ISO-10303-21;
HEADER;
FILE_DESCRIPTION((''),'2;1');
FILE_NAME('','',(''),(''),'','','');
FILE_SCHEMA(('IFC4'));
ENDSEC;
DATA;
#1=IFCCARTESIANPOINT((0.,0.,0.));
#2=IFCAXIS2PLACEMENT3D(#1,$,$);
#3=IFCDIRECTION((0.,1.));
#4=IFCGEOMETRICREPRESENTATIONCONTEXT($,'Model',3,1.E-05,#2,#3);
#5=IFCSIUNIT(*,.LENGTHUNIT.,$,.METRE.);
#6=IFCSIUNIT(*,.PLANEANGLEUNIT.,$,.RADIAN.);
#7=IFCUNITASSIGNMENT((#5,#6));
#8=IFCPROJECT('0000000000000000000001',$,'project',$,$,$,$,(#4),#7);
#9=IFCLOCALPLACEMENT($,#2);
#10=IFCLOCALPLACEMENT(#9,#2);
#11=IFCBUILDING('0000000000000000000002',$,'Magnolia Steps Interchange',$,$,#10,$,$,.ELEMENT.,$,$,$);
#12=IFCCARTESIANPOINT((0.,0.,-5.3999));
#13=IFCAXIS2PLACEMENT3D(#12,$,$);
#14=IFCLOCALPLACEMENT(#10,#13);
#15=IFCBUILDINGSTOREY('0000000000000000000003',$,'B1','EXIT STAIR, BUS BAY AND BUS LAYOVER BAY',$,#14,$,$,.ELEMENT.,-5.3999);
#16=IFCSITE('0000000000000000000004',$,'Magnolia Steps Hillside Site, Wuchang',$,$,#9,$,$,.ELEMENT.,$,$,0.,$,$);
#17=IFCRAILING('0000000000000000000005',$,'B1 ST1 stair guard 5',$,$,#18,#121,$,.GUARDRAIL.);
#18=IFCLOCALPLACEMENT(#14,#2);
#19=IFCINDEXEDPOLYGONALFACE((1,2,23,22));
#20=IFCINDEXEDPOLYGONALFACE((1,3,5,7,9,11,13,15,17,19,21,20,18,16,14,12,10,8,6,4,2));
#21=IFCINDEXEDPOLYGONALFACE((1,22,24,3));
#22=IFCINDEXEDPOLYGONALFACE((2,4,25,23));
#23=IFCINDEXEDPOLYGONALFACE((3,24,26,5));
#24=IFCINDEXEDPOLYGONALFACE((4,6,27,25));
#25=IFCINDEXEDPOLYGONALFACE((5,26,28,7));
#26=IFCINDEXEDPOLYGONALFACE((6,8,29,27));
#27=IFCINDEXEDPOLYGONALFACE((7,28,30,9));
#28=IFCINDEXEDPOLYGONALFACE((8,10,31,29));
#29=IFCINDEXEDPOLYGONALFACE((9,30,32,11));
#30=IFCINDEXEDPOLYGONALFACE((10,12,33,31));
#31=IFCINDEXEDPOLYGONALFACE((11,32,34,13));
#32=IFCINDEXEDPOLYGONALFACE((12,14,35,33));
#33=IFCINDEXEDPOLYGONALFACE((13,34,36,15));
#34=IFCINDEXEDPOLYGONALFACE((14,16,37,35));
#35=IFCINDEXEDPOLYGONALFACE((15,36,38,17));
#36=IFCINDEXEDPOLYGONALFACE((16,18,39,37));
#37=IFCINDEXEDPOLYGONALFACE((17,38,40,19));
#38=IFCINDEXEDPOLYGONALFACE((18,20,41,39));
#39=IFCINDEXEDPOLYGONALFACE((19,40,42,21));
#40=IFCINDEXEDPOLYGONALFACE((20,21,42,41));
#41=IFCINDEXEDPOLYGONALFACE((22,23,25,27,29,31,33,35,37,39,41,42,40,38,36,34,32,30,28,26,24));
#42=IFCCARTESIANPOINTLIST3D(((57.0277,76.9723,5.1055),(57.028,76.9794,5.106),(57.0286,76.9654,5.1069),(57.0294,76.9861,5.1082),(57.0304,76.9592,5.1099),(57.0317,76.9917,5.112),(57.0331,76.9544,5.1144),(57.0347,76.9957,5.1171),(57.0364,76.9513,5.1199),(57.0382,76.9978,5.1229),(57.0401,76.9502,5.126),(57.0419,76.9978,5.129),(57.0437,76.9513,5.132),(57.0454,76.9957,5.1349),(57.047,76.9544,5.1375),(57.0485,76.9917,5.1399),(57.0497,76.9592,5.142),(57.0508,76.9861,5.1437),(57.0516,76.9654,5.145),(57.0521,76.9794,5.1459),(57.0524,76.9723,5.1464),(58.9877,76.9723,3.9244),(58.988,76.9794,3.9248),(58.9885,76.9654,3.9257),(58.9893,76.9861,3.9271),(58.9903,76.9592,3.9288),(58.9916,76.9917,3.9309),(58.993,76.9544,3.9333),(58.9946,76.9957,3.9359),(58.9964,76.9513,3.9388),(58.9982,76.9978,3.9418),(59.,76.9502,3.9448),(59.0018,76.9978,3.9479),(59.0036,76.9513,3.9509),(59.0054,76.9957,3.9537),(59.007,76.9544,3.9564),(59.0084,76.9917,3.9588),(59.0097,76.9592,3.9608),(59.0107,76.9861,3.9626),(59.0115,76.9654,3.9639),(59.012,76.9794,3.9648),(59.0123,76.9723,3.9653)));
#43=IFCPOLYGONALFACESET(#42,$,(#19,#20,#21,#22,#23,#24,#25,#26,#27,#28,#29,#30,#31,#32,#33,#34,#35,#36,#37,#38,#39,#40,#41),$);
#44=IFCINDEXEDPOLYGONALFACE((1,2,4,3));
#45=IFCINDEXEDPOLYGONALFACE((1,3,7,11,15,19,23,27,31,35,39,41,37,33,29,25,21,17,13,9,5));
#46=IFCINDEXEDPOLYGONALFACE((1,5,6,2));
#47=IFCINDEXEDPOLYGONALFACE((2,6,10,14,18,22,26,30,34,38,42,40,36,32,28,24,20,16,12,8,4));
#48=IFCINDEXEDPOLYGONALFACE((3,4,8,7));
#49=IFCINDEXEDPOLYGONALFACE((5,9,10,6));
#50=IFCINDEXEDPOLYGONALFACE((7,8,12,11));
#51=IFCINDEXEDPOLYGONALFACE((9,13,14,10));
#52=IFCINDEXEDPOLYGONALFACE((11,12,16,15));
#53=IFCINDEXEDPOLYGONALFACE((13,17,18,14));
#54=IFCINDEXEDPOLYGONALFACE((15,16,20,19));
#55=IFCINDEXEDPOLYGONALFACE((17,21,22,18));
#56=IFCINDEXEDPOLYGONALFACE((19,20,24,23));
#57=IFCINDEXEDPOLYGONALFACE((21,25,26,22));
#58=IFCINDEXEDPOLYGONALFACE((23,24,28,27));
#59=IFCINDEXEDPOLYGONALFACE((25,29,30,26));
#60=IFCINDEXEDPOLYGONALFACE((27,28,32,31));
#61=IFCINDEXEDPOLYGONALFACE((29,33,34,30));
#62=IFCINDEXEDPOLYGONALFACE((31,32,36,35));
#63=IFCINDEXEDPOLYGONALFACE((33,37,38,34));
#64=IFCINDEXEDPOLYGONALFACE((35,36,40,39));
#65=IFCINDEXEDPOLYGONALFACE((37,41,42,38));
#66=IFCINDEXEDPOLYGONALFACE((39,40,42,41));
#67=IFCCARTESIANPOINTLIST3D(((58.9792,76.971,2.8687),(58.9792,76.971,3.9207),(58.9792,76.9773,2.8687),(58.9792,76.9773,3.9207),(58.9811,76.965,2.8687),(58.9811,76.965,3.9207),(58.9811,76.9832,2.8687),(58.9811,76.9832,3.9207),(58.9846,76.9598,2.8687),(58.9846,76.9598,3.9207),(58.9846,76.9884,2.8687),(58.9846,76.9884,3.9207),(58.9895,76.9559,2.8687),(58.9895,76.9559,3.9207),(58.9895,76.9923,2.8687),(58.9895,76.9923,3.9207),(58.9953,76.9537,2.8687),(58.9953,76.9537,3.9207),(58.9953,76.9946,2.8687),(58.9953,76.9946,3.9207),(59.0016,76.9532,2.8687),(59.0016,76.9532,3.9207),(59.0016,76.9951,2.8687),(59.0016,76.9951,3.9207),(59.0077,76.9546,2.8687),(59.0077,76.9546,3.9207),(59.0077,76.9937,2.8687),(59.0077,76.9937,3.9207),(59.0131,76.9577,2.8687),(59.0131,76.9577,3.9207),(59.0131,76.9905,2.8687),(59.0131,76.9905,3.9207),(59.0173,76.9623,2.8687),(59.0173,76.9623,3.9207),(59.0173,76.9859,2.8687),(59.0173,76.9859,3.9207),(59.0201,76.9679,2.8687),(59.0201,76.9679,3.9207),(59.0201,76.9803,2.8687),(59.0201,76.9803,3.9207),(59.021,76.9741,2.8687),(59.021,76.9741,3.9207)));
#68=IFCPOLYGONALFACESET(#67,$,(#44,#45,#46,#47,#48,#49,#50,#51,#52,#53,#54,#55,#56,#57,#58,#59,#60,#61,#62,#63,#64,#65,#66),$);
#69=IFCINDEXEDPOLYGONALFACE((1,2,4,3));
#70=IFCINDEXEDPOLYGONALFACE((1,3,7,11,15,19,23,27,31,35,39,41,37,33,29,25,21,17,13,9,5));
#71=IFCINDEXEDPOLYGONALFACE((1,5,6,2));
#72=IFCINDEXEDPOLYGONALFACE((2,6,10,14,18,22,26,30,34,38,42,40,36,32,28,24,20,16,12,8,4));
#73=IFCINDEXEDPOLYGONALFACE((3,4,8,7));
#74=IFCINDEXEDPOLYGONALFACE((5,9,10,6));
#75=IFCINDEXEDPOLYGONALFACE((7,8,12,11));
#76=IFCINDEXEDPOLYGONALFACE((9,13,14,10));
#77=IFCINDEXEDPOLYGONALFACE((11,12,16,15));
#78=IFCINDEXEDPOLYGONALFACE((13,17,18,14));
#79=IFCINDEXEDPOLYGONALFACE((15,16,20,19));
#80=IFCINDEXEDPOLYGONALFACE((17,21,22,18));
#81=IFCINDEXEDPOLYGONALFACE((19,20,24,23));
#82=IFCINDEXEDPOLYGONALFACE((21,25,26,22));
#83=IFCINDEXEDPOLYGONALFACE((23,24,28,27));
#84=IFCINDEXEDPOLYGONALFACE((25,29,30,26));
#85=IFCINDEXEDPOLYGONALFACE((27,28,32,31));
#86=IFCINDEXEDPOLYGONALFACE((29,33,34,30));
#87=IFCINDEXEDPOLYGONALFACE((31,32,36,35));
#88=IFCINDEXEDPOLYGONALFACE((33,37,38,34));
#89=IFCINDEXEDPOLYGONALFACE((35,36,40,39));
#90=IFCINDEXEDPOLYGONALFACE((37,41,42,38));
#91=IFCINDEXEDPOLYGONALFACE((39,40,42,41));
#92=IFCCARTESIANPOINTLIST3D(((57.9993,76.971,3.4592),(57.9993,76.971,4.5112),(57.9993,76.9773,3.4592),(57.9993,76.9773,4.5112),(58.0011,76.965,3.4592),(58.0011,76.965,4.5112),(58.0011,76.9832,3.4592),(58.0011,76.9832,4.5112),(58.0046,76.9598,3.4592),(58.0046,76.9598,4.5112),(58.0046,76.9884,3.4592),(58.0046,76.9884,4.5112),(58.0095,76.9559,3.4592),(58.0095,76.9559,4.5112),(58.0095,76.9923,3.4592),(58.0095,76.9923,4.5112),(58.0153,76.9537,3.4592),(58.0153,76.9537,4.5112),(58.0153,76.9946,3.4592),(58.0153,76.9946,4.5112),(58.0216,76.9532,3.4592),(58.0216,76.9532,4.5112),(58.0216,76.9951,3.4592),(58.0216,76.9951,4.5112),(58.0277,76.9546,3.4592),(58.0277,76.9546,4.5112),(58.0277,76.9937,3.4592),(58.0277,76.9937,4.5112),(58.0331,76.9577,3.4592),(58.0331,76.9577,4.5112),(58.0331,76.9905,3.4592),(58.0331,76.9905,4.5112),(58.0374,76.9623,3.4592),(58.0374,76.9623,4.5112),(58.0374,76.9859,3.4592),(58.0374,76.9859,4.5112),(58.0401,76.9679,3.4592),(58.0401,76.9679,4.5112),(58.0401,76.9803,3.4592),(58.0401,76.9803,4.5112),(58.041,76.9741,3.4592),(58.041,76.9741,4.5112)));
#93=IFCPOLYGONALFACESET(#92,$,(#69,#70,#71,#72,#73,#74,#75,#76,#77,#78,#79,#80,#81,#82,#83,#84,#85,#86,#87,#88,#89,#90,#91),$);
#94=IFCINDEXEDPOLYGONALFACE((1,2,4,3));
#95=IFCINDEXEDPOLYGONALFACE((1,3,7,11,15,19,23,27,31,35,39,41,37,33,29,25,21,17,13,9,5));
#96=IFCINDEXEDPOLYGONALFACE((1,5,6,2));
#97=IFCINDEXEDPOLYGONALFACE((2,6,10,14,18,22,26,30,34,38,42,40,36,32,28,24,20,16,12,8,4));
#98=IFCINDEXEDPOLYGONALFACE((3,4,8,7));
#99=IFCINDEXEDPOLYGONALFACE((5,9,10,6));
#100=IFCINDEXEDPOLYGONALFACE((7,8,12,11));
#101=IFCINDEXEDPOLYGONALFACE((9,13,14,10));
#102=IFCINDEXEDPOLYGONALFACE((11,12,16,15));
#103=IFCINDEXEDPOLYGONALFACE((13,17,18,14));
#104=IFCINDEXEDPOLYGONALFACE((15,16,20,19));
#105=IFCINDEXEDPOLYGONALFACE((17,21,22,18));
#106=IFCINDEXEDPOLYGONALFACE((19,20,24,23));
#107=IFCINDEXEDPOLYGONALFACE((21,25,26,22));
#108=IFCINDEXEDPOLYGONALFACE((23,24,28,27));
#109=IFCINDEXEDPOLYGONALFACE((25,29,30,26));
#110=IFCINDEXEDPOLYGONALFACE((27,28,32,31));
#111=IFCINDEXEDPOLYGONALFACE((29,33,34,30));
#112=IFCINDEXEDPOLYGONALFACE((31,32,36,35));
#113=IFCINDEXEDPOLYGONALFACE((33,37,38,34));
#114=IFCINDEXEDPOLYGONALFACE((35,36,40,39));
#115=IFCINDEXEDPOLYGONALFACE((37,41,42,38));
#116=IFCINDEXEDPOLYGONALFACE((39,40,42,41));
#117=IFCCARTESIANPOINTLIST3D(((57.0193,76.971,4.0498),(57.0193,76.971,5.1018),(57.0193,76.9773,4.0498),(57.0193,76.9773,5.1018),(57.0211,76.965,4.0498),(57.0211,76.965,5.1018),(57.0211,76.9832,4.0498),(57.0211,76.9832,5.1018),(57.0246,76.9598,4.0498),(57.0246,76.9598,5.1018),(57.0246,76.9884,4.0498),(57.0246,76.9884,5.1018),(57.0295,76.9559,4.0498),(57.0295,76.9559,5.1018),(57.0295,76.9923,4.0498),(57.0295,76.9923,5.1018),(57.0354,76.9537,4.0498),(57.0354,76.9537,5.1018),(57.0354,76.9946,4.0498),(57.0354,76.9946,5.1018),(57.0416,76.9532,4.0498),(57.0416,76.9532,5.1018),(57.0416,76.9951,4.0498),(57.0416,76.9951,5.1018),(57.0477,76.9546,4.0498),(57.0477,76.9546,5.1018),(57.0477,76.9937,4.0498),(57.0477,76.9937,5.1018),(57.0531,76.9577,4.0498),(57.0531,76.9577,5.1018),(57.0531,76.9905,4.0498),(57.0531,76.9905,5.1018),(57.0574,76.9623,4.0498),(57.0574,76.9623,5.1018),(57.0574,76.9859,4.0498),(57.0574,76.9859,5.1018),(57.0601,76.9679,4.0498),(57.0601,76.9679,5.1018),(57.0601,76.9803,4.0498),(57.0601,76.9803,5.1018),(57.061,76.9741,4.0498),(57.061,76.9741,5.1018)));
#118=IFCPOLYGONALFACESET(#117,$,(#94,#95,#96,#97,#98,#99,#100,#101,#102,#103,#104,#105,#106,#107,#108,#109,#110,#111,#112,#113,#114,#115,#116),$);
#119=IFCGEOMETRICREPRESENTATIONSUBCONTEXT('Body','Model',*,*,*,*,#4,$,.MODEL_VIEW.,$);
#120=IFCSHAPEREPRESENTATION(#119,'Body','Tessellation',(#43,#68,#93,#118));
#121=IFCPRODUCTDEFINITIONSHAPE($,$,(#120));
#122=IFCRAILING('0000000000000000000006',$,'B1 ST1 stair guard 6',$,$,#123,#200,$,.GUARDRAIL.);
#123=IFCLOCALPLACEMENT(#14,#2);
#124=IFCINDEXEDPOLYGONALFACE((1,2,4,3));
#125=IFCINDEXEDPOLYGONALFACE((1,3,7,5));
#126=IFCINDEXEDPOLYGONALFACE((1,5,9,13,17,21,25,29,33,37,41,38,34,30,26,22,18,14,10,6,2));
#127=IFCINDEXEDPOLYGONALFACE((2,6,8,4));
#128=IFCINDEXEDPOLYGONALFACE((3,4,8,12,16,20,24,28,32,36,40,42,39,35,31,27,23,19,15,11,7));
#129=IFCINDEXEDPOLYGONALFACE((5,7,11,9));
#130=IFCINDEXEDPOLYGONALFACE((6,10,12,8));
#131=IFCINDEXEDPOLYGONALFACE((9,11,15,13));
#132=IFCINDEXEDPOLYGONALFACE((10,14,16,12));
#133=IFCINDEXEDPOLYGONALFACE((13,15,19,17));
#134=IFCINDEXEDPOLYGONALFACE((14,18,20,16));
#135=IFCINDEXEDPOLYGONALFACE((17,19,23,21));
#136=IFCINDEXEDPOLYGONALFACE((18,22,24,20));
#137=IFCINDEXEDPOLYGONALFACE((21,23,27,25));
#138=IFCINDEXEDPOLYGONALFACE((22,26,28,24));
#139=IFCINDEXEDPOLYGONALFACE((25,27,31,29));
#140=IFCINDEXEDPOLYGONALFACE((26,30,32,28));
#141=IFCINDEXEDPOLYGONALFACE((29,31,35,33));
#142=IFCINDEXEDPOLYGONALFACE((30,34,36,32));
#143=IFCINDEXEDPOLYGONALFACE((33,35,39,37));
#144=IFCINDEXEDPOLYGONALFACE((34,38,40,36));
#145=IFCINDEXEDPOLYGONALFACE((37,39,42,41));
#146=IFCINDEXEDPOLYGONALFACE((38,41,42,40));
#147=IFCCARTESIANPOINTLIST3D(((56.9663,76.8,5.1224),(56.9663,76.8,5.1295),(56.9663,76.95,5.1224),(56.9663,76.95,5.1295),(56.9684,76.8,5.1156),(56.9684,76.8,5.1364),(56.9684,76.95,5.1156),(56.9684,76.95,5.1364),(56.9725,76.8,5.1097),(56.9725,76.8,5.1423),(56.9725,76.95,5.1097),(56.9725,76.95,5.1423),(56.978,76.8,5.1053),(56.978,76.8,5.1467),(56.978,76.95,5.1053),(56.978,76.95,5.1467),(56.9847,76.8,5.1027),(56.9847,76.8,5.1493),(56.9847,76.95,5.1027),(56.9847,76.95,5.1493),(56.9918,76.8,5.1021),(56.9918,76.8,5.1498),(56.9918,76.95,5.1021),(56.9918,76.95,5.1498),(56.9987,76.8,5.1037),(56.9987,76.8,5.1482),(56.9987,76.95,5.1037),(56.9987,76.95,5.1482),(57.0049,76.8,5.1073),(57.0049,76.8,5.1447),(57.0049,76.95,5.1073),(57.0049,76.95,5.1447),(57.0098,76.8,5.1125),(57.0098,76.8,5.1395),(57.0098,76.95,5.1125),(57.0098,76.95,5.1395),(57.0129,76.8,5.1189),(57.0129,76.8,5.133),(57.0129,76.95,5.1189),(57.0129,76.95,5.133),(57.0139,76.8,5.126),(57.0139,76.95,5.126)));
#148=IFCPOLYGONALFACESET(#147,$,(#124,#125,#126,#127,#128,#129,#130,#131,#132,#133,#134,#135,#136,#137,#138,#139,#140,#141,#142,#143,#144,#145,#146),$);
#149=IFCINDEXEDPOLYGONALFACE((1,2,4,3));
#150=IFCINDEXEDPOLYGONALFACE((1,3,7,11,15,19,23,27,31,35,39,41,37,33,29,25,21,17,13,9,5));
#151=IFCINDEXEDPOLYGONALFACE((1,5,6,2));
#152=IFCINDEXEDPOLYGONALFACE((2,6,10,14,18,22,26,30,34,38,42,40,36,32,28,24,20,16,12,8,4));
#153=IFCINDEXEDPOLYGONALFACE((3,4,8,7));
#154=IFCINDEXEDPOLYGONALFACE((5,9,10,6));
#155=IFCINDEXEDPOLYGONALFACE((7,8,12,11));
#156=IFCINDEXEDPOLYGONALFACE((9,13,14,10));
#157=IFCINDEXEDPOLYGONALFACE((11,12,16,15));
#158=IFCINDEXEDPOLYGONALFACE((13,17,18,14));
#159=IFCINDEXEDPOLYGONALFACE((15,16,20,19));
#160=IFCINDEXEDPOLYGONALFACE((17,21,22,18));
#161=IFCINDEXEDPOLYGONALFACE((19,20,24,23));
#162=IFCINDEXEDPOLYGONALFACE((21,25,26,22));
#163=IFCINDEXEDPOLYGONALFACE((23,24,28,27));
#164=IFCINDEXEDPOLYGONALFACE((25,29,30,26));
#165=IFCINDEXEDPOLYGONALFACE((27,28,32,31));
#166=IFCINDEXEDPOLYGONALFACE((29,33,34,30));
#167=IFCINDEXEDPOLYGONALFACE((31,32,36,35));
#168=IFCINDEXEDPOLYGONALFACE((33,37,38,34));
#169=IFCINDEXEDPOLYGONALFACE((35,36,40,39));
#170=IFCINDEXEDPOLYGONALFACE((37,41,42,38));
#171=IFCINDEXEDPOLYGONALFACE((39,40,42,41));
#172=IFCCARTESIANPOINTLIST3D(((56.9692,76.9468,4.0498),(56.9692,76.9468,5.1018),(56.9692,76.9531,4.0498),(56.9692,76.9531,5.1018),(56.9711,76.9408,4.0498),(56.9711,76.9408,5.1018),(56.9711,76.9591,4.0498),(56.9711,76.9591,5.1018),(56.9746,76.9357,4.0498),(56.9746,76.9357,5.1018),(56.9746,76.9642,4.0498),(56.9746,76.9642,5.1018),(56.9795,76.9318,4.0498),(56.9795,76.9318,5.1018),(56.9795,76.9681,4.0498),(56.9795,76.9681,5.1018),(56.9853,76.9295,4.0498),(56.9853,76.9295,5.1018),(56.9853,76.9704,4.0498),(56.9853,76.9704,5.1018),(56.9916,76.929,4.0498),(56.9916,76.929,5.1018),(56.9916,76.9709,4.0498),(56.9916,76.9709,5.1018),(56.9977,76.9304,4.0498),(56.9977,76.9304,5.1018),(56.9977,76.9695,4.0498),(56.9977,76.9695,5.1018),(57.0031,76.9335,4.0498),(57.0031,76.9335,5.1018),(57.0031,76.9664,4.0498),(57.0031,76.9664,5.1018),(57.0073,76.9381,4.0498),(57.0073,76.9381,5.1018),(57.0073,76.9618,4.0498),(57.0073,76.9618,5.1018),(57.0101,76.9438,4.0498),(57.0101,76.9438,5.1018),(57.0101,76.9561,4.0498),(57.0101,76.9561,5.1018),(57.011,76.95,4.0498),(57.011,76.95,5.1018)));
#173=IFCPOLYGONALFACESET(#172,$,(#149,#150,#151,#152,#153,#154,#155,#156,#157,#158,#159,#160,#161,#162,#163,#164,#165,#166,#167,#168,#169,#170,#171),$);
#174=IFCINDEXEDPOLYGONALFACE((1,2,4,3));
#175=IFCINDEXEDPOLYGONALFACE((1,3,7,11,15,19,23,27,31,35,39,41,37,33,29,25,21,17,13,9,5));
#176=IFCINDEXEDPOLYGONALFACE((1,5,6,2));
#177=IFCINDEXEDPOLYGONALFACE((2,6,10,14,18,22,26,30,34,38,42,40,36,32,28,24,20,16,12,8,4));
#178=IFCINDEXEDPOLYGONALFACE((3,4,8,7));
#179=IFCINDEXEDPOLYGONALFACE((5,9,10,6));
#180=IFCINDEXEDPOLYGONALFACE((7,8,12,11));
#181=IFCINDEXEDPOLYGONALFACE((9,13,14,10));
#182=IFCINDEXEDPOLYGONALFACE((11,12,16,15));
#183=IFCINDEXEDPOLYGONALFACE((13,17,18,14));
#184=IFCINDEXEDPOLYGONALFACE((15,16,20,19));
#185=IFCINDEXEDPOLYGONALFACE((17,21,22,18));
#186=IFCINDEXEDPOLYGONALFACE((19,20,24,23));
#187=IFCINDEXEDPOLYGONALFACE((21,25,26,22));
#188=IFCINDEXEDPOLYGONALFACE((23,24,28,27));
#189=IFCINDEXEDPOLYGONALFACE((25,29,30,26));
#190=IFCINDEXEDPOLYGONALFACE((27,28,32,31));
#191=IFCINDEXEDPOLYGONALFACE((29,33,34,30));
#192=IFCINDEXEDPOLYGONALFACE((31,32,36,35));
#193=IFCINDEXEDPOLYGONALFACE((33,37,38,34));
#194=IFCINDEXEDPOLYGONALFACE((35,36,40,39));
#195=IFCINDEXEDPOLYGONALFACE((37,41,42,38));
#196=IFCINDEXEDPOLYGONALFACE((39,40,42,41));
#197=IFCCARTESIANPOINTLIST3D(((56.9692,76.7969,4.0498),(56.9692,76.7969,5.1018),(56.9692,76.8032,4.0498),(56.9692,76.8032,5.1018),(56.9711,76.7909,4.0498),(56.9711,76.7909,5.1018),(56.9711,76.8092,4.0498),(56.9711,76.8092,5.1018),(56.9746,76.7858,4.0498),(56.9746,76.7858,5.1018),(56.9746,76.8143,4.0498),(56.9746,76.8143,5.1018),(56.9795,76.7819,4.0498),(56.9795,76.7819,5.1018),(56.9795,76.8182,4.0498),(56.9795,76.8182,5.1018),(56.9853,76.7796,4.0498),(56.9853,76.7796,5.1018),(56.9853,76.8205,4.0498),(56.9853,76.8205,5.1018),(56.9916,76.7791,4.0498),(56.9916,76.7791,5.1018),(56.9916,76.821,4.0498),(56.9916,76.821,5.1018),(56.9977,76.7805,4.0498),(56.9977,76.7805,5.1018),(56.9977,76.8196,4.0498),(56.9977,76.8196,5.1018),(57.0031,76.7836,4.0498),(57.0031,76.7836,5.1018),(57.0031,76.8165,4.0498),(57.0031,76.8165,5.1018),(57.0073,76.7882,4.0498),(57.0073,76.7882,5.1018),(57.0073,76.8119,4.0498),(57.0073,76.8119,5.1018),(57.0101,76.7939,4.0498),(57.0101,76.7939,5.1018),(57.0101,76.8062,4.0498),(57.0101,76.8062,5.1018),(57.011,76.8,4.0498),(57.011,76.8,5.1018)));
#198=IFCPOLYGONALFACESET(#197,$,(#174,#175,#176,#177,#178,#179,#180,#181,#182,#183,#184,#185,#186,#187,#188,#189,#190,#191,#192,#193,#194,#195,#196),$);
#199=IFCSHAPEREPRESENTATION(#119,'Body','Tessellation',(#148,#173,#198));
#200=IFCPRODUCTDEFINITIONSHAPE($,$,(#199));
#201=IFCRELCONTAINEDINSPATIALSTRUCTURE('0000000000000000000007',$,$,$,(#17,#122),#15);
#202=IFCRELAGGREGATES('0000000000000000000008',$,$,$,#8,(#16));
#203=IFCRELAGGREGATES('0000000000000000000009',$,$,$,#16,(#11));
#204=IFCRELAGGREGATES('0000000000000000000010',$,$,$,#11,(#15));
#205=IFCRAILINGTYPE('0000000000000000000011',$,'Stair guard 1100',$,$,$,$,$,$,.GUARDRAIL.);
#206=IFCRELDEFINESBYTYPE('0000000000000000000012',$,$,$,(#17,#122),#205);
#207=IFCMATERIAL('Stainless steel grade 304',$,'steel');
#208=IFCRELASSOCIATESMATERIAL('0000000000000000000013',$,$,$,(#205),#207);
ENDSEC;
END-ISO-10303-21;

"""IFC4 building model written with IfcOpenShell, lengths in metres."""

from ifc_helpers import new_model, si_unit, direction, frame, origin, origin_2d, place, context, subcontext, project, spatial, circle, extrude, material, type_object, element, save


model = new_model("IFC4")

# Units and contexts
model_context = context("Model", 3, precision=1e-05, world=origin(), true_north=direction((0.0, 1.0)))
body_context = subcontext(model_context, "Body", "Model", "MODEL_VIEW")
ifc_project = project(units=[si_unit("LENGTHUNIT", "METRE"), si_unit("PLANEANGLEUNIT", "RADIAN")], contexts=[model_context])

# Site, building, storey
site_placement = place(None, origin())
site = spatial("IfcSite", under=ifc_project, at=site_placement, Name="Magnolia Steps Hillside Site, Wuchang", CompositionType="ELEMENT", RefElevation=0.0)
building_placement = place(site_placement, origin())
building = spatial("IfcBuilding", under=site, at=building_placement, Name="Magnolia Steps Interchange", CompositionType="ELEMENT")
storey_placement = place(building_placement, frame((0.0, 0.0, -5.3999)))
storey = spatial("IfcBuildingStorey", under=building, at=storey_placement, Name="B1", Description="EXIT STAIR, BUS BAY AND BUS LAYOVER BAY", CompositionType="ELEMENT", Elevation=-5.3999)

# Railings
ifc_material_1 = material(Name="Stainless steel grade 304", Category="steel")
railing_type_1 = type_object("IfcRailingType", Name="Stair guard 1100", PredefinedType="GUARDRAIL", material=ifc_material_1)
railing_1_placement = place(storey_placement, frame((59.0, 76.9741, 2.8687)))
element("IfcRailing", 1, at=railing_1_placement, inside=storey, type_object=railing_type_1, Name="B1 ST1 stair guard 5", PredefinedType="GUARDRAIL", context=body_context, shape_type="SweptSolid", body=[
    extrude(circle(Radius=0.0239, at=origin_2d()), frame((0.0, 0.0, 1.0762), z_axis=(-0.856493, 0.0, 0.516158), x_axis=(0.0, -1.0, 0.0)), (0.0, 0.0, 1.0), 2.2883),
    extrude(circle(Radius=0.021, at=origin_2d()), origin(), (0.0, 0.0, 1.0), 1.052),
    extrude(circle(Radius=0.021, at=origin_2d()), frame((-0.98, 0.0, 0.5906)), (0.0, 0.0, 1.0), 1.052),
    extrude(circle(Radius=0.021, at=origin_2d()), frame((-1.96, 0.0, 1.1812)), (0.0, 0.0, 1.0), 1.052),
])
railing_2_placement = place(storey_placement, frame((56.99, 76.95, 4.0498)))
element("IfcRailing", 2, at=railing_2_placement, inside=storey, type_object=railing_type_1, Name="B1 ST1 stair guard 6", PredefinedType="GUARDRAIL", context=body_context, shape_type="SweptSolid", body=[
    extrude(circle(Radius=0.0239, at=origin_2d()), frame((0.0, 0.0, 1.0762), z_axis=(0.0, -1.0, 0.0), x_axis=(1.0, 0.0, 0.0)), (0.0, 0.0, 1.0), 0.1499),
    extrude(circle(Radius=0.021, at=origin_2d()), origin(), (0.0, 0.0, 1.0), 1.052),
    extrude(circle(Radius=0.021, at=origin_2d()), frame((0.0, -0.1499, 0.0)), (0.0, 0.0, 1.0), 1.052),
])

save(model, "model.ifc")
